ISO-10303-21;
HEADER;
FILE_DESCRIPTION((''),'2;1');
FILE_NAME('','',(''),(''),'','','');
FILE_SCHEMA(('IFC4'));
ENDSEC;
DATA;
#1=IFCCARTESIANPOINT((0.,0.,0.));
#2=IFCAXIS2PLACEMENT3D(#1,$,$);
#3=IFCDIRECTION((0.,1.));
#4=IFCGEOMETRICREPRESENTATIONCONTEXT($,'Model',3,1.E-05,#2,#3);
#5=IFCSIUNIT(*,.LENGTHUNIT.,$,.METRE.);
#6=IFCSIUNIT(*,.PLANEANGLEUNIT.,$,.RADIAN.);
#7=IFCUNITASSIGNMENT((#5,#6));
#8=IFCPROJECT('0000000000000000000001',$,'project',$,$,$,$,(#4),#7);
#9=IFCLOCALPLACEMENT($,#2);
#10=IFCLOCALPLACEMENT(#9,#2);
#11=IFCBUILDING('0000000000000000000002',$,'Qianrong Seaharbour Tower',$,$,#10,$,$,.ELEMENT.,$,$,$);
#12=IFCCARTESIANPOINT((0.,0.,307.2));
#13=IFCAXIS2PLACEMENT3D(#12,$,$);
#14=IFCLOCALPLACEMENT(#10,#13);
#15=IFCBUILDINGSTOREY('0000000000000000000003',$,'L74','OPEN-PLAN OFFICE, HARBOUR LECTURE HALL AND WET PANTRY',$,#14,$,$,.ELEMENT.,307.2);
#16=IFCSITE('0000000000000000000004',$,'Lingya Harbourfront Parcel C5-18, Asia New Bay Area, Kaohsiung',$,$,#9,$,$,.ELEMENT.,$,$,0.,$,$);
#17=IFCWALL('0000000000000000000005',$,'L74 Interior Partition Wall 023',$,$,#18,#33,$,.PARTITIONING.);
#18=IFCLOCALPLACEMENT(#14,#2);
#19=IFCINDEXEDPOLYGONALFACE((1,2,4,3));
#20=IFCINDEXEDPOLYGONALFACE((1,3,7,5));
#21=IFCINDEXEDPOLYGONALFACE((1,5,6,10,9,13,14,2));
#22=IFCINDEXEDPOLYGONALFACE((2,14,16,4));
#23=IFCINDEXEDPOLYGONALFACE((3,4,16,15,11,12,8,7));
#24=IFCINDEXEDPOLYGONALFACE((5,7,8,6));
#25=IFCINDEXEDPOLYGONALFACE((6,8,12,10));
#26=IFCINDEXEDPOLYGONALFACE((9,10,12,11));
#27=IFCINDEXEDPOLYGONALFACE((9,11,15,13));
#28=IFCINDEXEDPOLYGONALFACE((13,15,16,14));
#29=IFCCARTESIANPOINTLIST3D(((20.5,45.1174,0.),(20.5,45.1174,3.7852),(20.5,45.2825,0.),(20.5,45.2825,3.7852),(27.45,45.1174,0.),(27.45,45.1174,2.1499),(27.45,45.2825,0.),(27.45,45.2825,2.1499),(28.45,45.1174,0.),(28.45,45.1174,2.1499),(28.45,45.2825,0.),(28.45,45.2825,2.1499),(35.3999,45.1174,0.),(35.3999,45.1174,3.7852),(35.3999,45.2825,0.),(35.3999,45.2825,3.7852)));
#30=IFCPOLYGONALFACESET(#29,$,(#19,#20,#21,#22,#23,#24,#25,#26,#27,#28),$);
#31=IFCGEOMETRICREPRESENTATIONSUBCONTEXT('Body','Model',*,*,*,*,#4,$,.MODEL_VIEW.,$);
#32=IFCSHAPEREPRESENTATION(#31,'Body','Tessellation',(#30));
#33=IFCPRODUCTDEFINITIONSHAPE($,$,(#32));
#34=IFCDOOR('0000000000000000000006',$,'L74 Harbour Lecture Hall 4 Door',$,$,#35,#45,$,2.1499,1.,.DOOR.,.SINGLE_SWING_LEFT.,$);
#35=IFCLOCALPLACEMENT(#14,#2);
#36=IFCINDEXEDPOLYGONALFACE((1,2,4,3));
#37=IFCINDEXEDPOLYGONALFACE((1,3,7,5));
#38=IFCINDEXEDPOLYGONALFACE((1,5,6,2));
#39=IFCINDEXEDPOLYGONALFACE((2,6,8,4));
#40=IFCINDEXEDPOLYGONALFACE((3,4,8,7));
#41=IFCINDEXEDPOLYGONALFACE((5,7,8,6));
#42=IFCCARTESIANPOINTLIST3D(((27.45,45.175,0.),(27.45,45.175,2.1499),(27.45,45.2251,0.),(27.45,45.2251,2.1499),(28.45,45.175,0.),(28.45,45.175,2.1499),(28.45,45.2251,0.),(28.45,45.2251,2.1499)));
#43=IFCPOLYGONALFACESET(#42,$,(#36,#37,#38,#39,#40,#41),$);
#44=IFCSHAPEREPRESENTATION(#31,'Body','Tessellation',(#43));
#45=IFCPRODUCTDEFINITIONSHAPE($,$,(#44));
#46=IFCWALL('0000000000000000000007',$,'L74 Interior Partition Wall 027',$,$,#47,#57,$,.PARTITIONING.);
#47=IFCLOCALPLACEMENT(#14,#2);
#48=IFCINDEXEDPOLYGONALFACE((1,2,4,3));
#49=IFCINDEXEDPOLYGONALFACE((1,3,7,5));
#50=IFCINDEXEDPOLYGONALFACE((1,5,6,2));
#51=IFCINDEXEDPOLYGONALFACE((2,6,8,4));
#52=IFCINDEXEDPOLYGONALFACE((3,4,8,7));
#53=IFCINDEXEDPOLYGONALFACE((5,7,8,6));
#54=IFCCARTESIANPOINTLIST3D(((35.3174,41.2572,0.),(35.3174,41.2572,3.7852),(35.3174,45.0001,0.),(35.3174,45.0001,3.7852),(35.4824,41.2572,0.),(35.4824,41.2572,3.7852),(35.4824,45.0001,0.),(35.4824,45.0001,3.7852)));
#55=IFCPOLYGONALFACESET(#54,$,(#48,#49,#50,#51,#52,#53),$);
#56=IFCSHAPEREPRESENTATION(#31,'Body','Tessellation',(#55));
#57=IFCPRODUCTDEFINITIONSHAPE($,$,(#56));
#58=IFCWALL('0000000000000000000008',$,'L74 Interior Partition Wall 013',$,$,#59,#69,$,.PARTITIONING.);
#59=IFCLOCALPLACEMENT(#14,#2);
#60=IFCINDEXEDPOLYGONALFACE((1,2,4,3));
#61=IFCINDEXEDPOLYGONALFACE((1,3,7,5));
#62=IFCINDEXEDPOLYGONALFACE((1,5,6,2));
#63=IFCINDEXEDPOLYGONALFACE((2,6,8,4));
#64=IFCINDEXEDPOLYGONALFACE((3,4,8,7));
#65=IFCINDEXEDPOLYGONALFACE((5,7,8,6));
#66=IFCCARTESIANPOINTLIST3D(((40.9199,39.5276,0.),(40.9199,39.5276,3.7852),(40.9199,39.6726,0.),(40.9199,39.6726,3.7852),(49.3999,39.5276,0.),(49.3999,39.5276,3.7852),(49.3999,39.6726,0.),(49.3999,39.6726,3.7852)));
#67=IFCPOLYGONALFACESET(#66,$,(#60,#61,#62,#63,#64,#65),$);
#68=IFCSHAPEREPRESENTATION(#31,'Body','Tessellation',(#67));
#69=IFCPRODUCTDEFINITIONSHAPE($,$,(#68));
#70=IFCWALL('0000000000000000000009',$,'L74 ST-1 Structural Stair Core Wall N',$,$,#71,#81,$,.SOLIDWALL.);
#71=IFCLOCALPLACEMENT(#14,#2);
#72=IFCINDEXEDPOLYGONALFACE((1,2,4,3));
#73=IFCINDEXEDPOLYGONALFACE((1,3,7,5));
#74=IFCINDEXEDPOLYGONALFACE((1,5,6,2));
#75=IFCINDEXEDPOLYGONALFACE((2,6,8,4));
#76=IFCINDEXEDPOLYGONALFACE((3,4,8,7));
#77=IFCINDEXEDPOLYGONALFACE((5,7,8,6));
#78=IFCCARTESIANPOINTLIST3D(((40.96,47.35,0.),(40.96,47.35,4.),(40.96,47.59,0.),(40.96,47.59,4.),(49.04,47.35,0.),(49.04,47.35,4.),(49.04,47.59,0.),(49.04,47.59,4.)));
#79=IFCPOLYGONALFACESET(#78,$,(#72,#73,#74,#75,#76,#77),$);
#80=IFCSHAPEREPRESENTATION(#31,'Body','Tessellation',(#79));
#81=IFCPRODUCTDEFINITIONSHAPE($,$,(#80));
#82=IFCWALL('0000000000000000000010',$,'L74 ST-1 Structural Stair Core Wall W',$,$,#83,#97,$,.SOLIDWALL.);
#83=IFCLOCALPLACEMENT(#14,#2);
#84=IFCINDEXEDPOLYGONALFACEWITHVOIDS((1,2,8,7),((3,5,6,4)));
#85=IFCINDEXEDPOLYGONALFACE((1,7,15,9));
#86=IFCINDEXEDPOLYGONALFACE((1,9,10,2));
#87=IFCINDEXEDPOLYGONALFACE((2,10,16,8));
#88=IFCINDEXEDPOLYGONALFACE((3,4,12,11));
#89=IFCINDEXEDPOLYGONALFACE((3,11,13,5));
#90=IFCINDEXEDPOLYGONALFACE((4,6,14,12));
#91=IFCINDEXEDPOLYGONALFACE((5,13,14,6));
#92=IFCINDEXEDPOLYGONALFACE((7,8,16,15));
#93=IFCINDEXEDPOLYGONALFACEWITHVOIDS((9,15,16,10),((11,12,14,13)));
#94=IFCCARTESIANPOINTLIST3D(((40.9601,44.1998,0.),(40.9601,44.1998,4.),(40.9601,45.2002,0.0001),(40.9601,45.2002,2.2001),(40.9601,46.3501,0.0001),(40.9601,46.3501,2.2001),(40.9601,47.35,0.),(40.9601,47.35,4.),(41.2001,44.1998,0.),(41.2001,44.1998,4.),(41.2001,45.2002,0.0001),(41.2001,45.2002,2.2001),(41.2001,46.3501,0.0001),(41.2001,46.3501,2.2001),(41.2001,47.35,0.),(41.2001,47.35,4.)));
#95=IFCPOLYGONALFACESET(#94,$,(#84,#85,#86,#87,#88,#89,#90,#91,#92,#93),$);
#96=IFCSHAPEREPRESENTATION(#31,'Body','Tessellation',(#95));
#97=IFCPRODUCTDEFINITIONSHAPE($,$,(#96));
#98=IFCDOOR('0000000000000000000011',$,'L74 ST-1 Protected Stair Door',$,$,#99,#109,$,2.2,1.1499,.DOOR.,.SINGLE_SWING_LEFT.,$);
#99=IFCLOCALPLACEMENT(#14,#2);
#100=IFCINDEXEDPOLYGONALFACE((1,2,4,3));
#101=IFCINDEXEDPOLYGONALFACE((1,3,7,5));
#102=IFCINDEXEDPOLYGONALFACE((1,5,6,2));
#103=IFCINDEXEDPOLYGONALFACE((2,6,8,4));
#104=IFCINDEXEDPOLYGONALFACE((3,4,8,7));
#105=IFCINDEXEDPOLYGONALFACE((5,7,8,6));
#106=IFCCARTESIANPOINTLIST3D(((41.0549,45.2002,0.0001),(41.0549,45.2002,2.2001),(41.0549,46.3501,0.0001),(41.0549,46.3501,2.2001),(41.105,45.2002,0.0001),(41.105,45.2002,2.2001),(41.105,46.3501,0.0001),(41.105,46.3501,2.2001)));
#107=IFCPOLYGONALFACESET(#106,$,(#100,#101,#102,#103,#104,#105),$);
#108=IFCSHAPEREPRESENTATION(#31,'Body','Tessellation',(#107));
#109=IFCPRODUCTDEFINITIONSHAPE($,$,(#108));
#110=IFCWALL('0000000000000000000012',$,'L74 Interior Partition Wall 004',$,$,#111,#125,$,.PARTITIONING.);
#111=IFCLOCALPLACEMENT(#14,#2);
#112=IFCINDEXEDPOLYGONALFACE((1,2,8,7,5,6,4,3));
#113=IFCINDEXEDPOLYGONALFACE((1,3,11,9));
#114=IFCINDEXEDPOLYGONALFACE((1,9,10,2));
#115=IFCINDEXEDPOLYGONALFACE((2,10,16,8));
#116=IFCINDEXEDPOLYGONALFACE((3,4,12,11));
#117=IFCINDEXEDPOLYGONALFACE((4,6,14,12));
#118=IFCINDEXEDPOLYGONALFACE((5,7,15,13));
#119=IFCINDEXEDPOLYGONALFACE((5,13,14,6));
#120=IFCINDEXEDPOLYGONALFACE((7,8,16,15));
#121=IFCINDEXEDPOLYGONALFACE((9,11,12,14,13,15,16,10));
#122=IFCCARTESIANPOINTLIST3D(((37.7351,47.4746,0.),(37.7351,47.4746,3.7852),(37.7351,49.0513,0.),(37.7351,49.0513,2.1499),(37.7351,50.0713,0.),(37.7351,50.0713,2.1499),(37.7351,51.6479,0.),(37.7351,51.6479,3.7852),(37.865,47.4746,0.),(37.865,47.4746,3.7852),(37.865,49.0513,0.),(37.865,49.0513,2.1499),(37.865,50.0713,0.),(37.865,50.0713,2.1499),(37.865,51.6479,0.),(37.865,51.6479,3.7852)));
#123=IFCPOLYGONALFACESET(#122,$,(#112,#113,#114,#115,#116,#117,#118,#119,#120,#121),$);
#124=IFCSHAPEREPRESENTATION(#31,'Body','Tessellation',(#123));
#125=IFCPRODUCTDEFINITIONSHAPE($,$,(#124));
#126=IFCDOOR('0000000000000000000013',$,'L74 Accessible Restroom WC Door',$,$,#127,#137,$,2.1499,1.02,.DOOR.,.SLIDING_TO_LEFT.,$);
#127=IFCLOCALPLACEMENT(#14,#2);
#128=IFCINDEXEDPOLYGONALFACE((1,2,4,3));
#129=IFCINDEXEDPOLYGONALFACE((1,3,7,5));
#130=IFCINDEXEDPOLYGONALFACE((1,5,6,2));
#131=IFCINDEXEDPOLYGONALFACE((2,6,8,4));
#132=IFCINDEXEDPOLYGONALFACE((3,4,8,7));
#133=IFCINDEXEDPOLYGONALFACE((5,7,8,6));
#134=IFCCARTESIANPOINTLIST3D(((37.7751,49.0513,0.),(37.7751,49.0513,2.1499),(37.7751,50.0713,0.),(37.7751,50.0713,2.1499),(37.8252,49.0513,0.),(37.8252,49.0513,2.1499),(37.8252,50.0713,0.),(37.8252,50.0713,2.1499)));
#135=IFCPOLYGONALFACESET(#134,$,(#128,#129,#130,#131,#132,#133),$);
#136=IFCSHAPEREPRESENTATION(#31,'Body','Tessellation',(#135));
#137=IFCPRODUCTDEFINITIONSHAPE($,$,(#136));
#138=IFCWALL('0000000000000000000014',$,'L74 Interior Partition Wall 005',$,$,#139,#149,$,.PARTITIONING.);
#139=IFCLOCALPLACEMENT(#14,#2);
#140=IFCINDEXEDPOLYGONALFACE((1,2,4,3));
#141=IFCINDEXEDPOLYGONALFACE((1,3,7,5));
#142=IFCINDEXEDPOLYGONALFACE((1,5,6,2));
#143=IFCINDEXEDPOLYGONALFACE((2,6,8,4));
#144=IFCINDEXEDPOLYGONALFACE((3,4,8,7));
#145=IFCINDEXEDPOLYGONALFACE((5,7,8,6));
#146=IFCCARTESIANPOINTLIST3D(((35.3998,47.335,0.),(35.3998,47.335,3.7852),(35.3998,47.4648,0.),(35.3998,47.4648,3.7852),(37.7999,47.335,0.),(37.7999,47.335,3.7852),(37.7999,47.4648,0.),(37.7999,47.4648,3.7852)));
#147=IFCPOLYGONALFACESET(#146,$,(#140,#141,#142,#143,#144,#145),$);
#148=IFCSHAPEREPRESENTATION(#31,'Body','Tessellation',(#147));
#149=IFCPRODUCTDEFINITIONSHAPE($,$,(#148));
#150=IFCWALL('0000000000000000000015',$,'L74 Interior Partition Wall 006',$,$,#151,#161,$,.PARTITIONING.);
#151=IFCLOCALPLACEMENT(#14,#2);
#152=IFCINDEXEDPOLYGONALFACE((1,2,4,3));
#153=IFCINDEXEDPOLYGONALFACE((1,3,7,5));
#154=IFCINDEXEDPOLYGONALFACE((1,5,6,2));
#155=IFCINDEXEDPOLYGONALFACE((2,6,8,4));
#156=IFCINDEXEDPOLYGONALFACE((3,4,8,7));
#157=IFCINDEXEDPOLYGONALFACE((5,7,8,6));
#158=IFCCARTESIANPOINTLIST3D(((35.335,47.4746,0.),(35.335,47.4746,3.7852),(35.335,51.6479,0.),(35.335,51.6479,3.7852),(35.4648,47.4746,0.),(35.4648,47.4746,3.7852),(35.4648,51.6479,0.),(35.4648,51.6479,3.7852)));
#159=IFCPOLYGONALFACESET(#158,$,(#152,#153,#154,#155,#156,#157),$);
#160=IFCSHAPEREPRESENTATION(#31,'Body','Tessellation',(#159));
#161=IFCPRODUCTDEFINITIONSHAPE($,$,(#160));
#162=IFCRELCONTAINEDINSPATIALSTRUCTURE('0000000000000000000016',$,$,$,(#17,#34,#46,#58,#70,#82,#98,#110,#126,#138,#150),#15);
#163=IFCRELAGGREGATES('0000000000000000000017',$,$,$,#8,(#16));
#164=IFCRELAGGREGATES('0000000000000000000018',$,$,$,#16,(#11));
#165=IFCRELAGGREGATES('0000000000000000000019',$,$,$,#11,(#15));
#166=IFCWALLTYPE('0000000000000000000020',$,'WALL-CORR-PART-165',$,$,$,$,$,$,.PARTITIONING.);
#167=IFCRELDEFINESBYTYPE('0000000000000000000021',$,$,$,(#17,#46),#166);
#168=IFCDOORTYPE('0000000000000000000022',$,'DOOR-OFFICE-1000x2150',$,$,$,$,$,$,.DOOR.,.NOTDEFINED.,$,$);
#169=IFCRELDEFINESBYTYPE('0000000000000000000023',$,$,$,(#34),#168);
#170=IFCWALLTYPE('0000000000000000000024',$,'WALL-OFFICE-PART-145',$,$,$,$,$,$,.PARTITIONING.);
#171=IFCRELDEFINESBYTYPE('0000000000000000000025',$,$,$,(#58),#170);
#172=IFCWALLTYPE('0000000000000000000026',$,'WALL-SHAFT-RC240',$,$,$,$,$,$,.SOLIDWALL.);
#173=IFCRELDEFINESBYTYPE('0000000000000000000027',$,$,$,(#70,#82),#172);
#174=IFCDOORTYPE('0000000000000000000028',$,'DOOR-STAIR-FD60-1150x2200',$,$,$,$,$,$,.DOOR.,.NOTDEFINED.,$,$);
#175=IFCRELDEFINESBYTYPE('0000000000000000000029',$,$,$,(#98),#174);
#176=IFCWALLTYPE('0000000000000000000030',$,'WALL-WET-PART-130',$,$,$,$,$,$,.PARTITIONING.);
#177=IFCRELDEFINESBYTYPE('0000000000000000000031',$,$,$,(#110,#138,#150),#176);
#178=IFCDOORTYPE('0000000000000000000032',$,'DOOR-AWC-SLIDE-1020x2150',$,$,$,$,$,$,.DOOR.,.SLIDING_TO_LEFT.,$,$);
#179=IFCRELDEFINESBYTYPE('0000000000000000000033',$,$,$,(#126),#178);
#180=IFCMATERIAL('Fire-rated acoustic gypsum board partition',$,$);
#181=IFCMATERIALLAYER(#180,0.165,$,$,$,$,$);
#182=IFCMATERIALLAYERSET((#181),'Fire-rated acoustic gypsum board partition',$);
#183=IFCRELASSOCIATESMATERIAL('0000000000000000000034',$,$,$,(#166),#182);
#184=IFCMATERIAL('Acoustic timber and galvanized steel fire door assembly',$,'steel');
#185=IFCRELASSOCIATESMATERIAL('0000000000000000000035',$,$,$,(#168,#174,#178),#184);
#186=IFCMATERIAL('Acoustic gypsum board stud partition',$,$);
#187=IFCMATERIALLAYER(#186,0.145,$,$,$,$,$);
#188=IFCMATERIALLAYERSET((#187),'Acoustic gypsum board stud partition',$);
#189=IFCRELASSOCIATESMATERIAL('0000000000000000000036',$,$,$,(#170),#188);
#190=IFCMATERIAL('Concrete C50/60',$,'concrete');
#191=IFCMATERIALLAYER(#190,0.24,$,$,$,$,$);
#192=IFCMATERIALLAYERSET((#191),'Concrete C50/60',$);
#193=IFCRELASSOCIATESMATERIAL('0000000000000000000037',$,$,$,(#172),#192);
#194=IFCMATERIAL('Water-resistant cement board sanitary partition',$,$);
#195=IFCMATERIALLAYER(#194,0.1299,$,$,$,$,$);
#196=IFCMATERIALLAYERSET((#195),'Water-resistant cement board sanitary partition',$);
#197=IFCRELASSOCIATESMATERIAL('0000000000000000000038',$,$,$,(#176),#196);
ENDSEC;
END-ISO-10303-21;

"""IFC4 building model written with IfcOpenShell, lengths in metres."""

from ifc_helpers import new_model, si_unit, direction, frame, frame_2d, origin, place, context, subcontext, project, spatial, rectangle, extrude, material, layer, layer_set, type_object, element, fill, save


model = new_model("IFC4")

# Units and contexts
model_context = context("Model", 3, precision=1e-05, world=origin(), true_north=direction((0.0, 1.0)))
body_context = subcontext(model_context, "Body", "Model", "MODEL_VIEW")
ifc_project = project(units=[si_unit("LENGTHUNIT", "METRE"), si_unit("PLANEANGLEUNIT", "RADIAN")], contexts=[model_context])

# Site, building, storey
site_placement = place(None, origin())
site = spatial("IfcSite", under=ifc_project, at=site_placement, Name="Lingya Harbourfront Parcel C5-18, Asia New Bay Area, Kaohsiung", CompositionType="ELEMENT", RefElevation=0.0)
building_placement = place(site_placement, origin())
building = spatial("IfcBuilding", under=site, at=building_placement, Name="Qianrong Seaharbour Tower", CompositionType="ELEMENT")
storey_placement = place(building_placement, frame((0.0, 0.0, 307.2)))
storey = spatial("IfcBuildingStorey", under=building, at=storey_placement, Name="L74", Description="OPEN-PLAN OFFICE, HARBOUR LECTURE HALL AND WET PANTRY", CompositionType="ELEMENT", Elevation=307.2)

# Shared definitions
ifc_material_1 = material(Name="Concrete C50/60", Category="concrete")

# Shared definitions
ifc_material_2 = material(Name="Fire-rated acoustic gypsum board partition")
ifc_layer_1 = layer(ifc_material_2, 0.165)
ifc_layer_set_1 = layer_set([ifc_layer_1], Name="Fire-rated acoustic gypsum board partition")
wall_type_1 = type_object("IfcWallType", Name="WALL-CORR-PART-165", PredefinedType="PARTITIONING", material=ifc_layer_set_1)
ifc_material_3 = material(Name="Acoustic timber and galvanized steel fire door assembly", Category="steel")

# Wall, opening, door
wall_1_placement = place(storey_placement, frame((35.3999, 45.2, 0.0), z_axis=(0.0, 0.0, 1.0), x_axis=(-1.0, 0.0, 0.0)))
wall_1 = element("IfcWall", 1, at=wall_1_placement, inside=storey, type_object=wall_type_1, Name="L74 Interior Partition Wall 023", PredefinedType="PARTITIONING", context=body_context, shape_type="SweptSolid", body=[
    extrude(rectangle(XDim=14.8999, YDim=0.165, at=frame_2d((7.45, 0.0))), origin(), (0.0, 0.0, 1.0), 3.7852),
])
opening_1_placement = place(wall_1_placement, frame((6.95, 0.0, 0.0)))
opening_1 = element("IfcOpeningElement", 2, at=opening_1_placement, cuts=wall_1, PredefinedType="OPENING", context=body_context, shape_type="SweptSolid", body=[
    extrude(rectangle(XDim=1.0, YDim=2.1499, at=frame_2d((0.5, 1.075))), frame((0.0, 0.0925, 0.0), z_axis=(0.0, -1.0, 0.0), x_axis=(1.0, 0.0, 0.0)), (0.0, 0.0, 1.0), 0.1851),
])
door_type_1 = type_object("IfcDoorType", Name="DOOR-OFFICE-1000x2150", OperationType="NOTDEFINED", PredefinedType="DOOR", material=ifc_material_3)
door_1_placement = place(opening_1_placement, origin())
door_1 = element("IfcDoor", 3, at=door_1_placement, inside=storey, type_object=door_type_1, Name="L74 Harbour Lecture Hall 4 Door", OperationType="SINGLE_SWING_LEFT", OverallHeight=2.1499, OverallWidth=1.0, PredefinedType="DOOR", context=body_context, shape_type="SweptSolid", body=[
    extrude(rectangle(XDim=1.0, YDim=2.1499, at=frame_2d((0.5, 1.075))), frame((0.0, 0.0249, 0.0), z_axis=(0.0, -1.0, 0.0), x_axis=(1.0, 0.0, 0.0)), (0.0, 0.0, 1.0), 0.05),
])
fill(opening_1, door_1)

# Walls
wall_2_placement = place(storey_placement, frame((35.3999, 41.2571, 0.0), z_axis=(0.0, 0.0, 1.0), x_axis=(0.0, 1.0, 0.0)))
element("IfcWall", 4, at=wall_2_placement, inside=storey, type_object=wall_type_1, Name="L74 Interior Partition Wall 027", PredefinedType="PARTITIONING", context=body_context, shape_type="SweptSolid", body=[
    extrude(rectangle(XDim=3.7429, YDim=0.165, at=frame_2d((1.8716, 0.0))), origin(), (0.0, 0.0, 1.0), 3.7852),
])
ifc_material_4 = material(Name="Acoustic gypsum board stud partition")
ifc_layer_2 = layer(ifc_material_4, 0.145)
ifc_layer_set_2 = layer_set([ifc_layer_2], Name="Acoustic gypsum board stud partition")
wall_type_2 = type_object("IfcWallType", Name="WALL-OFFICE-PART-145", PredefinedType="PARTITIONING", material=ifc_layer_set_2)
wall_3_placement = place(storey_placement, frame((40.9199, 39.6001, 0.0), z_axis=(0.0, 0.0, 1.0), x_axis=(1.0, 0.0, 0.0)))
element("IfcWall", 5, at=wall_3_placement, inside=storey, type_object=wall_type_2, Name="L74 Interior Partition Wall 013", PredefinedType="PARTITIONING", context=body_context, shape_type="SweptSolid", body=[
    extrude(rectangle(XDim=8.48, YDim=0.145, at=frame_2d((4.24, 0.0))), origin(), (0.0, 0.0, 1.0), 3.7852),
])
ifc_layer_3 = layer(ifc_material_1, 0.24)
ifc_layer_set_3 = layer_set([ifc_layer_3], Name="Concrete C50/60")
wall_type_3 = type_object("IfcWallType", Name="WALL-SHAFT-RC240", PredefinedType="SOLIDWALL", material=ifc_layer_set_3)
wall_4_placement = place(storey_placement, frame((40.96, 47.47, 0.0), z_axis=(0.0, 0.0, 1.0), x_axis=(1.0, 0.0, 0.0)))
element("IfcWall", 6, at=wall_4_placement, inside=storey, type_object=wall_type_3, Name="L74 ST-1 Structural Stair Core Wall N", PredefinedType="SOLIDWALL", context=body_context, shape_type="SweptSolid", body=[
    extrude(rectangle(XDim=8.0801, YDim=0.24, at=frame_2d((4.04, 0.0))), origin(), (0.0, 0.0, 1.0), 4.0),
])

# Walls, openings, doors
wall_5_placement = place(storey_placement, frame((41.0801, 47.3501, 0.0), z_axis=(0.0, 0.0, 1.0), x_axis=(0.0, -1.0, 0.0)))
wall_5 = element("IfcWall", 7, at=wall_5_placement, inside=storey, type_object=wall_type_3, Name="L74 ST-1 Structural Stair Core Wall W", PredefinedType="SOLIDWALL", context=body_context, shape_type="SweptSolid", body=[
    extrude(rectangle(XDim=3.1501, YDim=0.24, at=frame_2d((1.5752, 0.0))), origin(), (0.0, 0.0, 1.0), 4.0),
])
opening_2_placement = place(wall_5_placement, frame((1.0, 0.0, 0.0)))
opening_2 = element("IfcOpeningElement", 8, at=opening_2_placement, cuts=wall_5, PredefinedType="OPENING", context=body_context, shape_type="SweptSolid", body=[
    extrude(rectangle(XDim=1.1499, YDim=2.2, at=frame_2d((0.575, 1.1001))), frame((0.0, 0.1299, 0.0), z_axis=(0.0, -1.0, 0.0), x_axis=(1.0, 0.0, 0.0)), (0.0, 0.0, 1.0), 0.26),
])
door_type_2 = type_object("IfcDoorType", Name="DOOR-STAIR-FD60-1150x2200", OperationType="NOTDEFINED", PredefinedType="DOOR", material=ifc_material_3)
door_2_placement = place(opening_2_placement, origin())
door_2 = element("IfcDoor", 9, at=door_2_placement, inside=storey, type_object=door_type_2, Name="L74 ST-1 Protected Stair Door", OperationType="SINGLE_SWING_LEFT", OverallHeight=2.2, OverallWidth=1.1499, PredefinedType="DOOR", context=body_context, shape_type="SweptSolid", body=[
    extrude(rectangle(XDim=1.1499, YDim=2.2, at=frame_2d((0.575, 1.1001))), frame((0.0, 0.0249, 0.0), z_axis=(0.0, -1.0, 0.0), x_axis=(1.0, 0.0, 0.0)), (0.0, 0.0, 1.0), 0.05),
])
fill(opening_2, door_2)
ifc_material_5 = material(Name="Water-resistant cement board sanitary partition")
ifc_layer_4 = layer(ifc_material_5, 0.1299)
ifc_layer_set_4 = layer_set([ifc_layer_4], Name="Water-resistant cement board sanitary partition")
wall_type_4 = type_object("IfcWallType", Name="WALL-WET-PART-130", PredefinedType="PARTITIONING", material=ifc_layer_set_4)
wall_6_placement = place(storey_placement, frame((37.8, 47.4746, 0.0), z_axis=(0.0, 0.0, 1.0), x_axis=(0.0, 1.0, 0.0)))
wall_6 = element("IfcWall", 10, at=wall_6_placement, inside=storey, type_object=wall_type_4, Name="L74 Interior Partition Wall 004", PredefinedType="PARTITIONING", context=body_context, shape_type="SweptSolid", body=[
    extrude(rectangle(XDim=4.1733, YDim=0.1299, at=frame_2d((2.0867, 0.0))), origin(), (0.0, 0.0, 1.0), 3.7852),
])
opening_3_placement = place(wall_6_placement, frame((1.5767, 0.0, 0.0)))
opening_3 = element("IfcOpeningElement", 11, at=opening_3_placement, cuts=wall_6, PredefinedType="OPENING", context=body_context, shape_type="SweptSolid", body=[
    extrude(rectangle(XDim=1.02, YDim=2.1499, at=frame_2d((0.51, 1.075))), frame((0.0, 0.075, 0.0), z_axis=(0.0, -1.0, 0.0), x_axis=(1.0, 0.0, 0.0)), (0.0, 0.0, 1.0), 0.1499),
])
door_type_3 = type_object("IfcDoorType", Name="DOOR-AWC-SLIDE-1020x2150", OperationType="SLIDING_TO_LEFT", PredefinedType="DOOR", material=ifc_material_3)
door_3_placement = place(opening_3_placement, origin())
door_3 = element("IfcDoor", 12, at=door_3_placement, inside=storey, type_object=door_type_3, Name="L74 Accessible Restroom WC Door", OperationType="SLIDING_TO_LEFT", OverallHeight=2.1499, OverallWidth=1.02, PredefinedType="DOOR", context=body_context, shape_type="SweptSolid", body=[
    extrude(rectangle(XDim=1.02, YDim=2.1499, at=frame_2d((0.51, 1.075))), frame((0.0, 0.0249, 0.0), z_axis=(0.0, -1.0, 0.0), x_axis=(1.0, 0.0, 0.0)), (0.0, 0.0, 1.0), 0.05),
])
fill(opening_3, door_3)

# Walls
wall_7_placement = place(storey_placement, frame((37.8, 47.3999, 0.0), z_axis=(0.0, 0.0, 1.0), x_axis=(-1.0, 0.0, 0.0)))
element("IfcWall", 13, at=wall_7_placement, inside=storey, type_object=wall_type_4, Name="L74 Interior Partition Wall 005", PredefinedType="PARTITIONING", context=body_context, shape_type="SweptSolid", body=[
    extrude(rectangle(XDim=2.4001, YDim=0.1299, at=frame_2d((1.2002, 0.0))), origin(), (0.0, 0.0, 1.0), 3.7852),
])
wall_8_placement = place(storey_placement, frame((35.3999, 47.4746, 0.0), z_axis=(0.0, 0.0, 1.0), x_axis=(0.0, 1.0, 0.0)))
element("IfcWall", 14, at=wall_8_placement, inside=storey, type_object=wall_type_4, Name="L74 Interior Partition Wall 006", PredefinedType="PARTITIONING", context=body_context, shape_type="SweptSolid", body=[
    extrude(rectangle(XDim=4.1733, YDim=0.1299, at=frame_2d((2.0867, 0.0))), origin(), (0.0, 0.0, 1.0), 3.7852),
])

save(model, "model.ifc")
